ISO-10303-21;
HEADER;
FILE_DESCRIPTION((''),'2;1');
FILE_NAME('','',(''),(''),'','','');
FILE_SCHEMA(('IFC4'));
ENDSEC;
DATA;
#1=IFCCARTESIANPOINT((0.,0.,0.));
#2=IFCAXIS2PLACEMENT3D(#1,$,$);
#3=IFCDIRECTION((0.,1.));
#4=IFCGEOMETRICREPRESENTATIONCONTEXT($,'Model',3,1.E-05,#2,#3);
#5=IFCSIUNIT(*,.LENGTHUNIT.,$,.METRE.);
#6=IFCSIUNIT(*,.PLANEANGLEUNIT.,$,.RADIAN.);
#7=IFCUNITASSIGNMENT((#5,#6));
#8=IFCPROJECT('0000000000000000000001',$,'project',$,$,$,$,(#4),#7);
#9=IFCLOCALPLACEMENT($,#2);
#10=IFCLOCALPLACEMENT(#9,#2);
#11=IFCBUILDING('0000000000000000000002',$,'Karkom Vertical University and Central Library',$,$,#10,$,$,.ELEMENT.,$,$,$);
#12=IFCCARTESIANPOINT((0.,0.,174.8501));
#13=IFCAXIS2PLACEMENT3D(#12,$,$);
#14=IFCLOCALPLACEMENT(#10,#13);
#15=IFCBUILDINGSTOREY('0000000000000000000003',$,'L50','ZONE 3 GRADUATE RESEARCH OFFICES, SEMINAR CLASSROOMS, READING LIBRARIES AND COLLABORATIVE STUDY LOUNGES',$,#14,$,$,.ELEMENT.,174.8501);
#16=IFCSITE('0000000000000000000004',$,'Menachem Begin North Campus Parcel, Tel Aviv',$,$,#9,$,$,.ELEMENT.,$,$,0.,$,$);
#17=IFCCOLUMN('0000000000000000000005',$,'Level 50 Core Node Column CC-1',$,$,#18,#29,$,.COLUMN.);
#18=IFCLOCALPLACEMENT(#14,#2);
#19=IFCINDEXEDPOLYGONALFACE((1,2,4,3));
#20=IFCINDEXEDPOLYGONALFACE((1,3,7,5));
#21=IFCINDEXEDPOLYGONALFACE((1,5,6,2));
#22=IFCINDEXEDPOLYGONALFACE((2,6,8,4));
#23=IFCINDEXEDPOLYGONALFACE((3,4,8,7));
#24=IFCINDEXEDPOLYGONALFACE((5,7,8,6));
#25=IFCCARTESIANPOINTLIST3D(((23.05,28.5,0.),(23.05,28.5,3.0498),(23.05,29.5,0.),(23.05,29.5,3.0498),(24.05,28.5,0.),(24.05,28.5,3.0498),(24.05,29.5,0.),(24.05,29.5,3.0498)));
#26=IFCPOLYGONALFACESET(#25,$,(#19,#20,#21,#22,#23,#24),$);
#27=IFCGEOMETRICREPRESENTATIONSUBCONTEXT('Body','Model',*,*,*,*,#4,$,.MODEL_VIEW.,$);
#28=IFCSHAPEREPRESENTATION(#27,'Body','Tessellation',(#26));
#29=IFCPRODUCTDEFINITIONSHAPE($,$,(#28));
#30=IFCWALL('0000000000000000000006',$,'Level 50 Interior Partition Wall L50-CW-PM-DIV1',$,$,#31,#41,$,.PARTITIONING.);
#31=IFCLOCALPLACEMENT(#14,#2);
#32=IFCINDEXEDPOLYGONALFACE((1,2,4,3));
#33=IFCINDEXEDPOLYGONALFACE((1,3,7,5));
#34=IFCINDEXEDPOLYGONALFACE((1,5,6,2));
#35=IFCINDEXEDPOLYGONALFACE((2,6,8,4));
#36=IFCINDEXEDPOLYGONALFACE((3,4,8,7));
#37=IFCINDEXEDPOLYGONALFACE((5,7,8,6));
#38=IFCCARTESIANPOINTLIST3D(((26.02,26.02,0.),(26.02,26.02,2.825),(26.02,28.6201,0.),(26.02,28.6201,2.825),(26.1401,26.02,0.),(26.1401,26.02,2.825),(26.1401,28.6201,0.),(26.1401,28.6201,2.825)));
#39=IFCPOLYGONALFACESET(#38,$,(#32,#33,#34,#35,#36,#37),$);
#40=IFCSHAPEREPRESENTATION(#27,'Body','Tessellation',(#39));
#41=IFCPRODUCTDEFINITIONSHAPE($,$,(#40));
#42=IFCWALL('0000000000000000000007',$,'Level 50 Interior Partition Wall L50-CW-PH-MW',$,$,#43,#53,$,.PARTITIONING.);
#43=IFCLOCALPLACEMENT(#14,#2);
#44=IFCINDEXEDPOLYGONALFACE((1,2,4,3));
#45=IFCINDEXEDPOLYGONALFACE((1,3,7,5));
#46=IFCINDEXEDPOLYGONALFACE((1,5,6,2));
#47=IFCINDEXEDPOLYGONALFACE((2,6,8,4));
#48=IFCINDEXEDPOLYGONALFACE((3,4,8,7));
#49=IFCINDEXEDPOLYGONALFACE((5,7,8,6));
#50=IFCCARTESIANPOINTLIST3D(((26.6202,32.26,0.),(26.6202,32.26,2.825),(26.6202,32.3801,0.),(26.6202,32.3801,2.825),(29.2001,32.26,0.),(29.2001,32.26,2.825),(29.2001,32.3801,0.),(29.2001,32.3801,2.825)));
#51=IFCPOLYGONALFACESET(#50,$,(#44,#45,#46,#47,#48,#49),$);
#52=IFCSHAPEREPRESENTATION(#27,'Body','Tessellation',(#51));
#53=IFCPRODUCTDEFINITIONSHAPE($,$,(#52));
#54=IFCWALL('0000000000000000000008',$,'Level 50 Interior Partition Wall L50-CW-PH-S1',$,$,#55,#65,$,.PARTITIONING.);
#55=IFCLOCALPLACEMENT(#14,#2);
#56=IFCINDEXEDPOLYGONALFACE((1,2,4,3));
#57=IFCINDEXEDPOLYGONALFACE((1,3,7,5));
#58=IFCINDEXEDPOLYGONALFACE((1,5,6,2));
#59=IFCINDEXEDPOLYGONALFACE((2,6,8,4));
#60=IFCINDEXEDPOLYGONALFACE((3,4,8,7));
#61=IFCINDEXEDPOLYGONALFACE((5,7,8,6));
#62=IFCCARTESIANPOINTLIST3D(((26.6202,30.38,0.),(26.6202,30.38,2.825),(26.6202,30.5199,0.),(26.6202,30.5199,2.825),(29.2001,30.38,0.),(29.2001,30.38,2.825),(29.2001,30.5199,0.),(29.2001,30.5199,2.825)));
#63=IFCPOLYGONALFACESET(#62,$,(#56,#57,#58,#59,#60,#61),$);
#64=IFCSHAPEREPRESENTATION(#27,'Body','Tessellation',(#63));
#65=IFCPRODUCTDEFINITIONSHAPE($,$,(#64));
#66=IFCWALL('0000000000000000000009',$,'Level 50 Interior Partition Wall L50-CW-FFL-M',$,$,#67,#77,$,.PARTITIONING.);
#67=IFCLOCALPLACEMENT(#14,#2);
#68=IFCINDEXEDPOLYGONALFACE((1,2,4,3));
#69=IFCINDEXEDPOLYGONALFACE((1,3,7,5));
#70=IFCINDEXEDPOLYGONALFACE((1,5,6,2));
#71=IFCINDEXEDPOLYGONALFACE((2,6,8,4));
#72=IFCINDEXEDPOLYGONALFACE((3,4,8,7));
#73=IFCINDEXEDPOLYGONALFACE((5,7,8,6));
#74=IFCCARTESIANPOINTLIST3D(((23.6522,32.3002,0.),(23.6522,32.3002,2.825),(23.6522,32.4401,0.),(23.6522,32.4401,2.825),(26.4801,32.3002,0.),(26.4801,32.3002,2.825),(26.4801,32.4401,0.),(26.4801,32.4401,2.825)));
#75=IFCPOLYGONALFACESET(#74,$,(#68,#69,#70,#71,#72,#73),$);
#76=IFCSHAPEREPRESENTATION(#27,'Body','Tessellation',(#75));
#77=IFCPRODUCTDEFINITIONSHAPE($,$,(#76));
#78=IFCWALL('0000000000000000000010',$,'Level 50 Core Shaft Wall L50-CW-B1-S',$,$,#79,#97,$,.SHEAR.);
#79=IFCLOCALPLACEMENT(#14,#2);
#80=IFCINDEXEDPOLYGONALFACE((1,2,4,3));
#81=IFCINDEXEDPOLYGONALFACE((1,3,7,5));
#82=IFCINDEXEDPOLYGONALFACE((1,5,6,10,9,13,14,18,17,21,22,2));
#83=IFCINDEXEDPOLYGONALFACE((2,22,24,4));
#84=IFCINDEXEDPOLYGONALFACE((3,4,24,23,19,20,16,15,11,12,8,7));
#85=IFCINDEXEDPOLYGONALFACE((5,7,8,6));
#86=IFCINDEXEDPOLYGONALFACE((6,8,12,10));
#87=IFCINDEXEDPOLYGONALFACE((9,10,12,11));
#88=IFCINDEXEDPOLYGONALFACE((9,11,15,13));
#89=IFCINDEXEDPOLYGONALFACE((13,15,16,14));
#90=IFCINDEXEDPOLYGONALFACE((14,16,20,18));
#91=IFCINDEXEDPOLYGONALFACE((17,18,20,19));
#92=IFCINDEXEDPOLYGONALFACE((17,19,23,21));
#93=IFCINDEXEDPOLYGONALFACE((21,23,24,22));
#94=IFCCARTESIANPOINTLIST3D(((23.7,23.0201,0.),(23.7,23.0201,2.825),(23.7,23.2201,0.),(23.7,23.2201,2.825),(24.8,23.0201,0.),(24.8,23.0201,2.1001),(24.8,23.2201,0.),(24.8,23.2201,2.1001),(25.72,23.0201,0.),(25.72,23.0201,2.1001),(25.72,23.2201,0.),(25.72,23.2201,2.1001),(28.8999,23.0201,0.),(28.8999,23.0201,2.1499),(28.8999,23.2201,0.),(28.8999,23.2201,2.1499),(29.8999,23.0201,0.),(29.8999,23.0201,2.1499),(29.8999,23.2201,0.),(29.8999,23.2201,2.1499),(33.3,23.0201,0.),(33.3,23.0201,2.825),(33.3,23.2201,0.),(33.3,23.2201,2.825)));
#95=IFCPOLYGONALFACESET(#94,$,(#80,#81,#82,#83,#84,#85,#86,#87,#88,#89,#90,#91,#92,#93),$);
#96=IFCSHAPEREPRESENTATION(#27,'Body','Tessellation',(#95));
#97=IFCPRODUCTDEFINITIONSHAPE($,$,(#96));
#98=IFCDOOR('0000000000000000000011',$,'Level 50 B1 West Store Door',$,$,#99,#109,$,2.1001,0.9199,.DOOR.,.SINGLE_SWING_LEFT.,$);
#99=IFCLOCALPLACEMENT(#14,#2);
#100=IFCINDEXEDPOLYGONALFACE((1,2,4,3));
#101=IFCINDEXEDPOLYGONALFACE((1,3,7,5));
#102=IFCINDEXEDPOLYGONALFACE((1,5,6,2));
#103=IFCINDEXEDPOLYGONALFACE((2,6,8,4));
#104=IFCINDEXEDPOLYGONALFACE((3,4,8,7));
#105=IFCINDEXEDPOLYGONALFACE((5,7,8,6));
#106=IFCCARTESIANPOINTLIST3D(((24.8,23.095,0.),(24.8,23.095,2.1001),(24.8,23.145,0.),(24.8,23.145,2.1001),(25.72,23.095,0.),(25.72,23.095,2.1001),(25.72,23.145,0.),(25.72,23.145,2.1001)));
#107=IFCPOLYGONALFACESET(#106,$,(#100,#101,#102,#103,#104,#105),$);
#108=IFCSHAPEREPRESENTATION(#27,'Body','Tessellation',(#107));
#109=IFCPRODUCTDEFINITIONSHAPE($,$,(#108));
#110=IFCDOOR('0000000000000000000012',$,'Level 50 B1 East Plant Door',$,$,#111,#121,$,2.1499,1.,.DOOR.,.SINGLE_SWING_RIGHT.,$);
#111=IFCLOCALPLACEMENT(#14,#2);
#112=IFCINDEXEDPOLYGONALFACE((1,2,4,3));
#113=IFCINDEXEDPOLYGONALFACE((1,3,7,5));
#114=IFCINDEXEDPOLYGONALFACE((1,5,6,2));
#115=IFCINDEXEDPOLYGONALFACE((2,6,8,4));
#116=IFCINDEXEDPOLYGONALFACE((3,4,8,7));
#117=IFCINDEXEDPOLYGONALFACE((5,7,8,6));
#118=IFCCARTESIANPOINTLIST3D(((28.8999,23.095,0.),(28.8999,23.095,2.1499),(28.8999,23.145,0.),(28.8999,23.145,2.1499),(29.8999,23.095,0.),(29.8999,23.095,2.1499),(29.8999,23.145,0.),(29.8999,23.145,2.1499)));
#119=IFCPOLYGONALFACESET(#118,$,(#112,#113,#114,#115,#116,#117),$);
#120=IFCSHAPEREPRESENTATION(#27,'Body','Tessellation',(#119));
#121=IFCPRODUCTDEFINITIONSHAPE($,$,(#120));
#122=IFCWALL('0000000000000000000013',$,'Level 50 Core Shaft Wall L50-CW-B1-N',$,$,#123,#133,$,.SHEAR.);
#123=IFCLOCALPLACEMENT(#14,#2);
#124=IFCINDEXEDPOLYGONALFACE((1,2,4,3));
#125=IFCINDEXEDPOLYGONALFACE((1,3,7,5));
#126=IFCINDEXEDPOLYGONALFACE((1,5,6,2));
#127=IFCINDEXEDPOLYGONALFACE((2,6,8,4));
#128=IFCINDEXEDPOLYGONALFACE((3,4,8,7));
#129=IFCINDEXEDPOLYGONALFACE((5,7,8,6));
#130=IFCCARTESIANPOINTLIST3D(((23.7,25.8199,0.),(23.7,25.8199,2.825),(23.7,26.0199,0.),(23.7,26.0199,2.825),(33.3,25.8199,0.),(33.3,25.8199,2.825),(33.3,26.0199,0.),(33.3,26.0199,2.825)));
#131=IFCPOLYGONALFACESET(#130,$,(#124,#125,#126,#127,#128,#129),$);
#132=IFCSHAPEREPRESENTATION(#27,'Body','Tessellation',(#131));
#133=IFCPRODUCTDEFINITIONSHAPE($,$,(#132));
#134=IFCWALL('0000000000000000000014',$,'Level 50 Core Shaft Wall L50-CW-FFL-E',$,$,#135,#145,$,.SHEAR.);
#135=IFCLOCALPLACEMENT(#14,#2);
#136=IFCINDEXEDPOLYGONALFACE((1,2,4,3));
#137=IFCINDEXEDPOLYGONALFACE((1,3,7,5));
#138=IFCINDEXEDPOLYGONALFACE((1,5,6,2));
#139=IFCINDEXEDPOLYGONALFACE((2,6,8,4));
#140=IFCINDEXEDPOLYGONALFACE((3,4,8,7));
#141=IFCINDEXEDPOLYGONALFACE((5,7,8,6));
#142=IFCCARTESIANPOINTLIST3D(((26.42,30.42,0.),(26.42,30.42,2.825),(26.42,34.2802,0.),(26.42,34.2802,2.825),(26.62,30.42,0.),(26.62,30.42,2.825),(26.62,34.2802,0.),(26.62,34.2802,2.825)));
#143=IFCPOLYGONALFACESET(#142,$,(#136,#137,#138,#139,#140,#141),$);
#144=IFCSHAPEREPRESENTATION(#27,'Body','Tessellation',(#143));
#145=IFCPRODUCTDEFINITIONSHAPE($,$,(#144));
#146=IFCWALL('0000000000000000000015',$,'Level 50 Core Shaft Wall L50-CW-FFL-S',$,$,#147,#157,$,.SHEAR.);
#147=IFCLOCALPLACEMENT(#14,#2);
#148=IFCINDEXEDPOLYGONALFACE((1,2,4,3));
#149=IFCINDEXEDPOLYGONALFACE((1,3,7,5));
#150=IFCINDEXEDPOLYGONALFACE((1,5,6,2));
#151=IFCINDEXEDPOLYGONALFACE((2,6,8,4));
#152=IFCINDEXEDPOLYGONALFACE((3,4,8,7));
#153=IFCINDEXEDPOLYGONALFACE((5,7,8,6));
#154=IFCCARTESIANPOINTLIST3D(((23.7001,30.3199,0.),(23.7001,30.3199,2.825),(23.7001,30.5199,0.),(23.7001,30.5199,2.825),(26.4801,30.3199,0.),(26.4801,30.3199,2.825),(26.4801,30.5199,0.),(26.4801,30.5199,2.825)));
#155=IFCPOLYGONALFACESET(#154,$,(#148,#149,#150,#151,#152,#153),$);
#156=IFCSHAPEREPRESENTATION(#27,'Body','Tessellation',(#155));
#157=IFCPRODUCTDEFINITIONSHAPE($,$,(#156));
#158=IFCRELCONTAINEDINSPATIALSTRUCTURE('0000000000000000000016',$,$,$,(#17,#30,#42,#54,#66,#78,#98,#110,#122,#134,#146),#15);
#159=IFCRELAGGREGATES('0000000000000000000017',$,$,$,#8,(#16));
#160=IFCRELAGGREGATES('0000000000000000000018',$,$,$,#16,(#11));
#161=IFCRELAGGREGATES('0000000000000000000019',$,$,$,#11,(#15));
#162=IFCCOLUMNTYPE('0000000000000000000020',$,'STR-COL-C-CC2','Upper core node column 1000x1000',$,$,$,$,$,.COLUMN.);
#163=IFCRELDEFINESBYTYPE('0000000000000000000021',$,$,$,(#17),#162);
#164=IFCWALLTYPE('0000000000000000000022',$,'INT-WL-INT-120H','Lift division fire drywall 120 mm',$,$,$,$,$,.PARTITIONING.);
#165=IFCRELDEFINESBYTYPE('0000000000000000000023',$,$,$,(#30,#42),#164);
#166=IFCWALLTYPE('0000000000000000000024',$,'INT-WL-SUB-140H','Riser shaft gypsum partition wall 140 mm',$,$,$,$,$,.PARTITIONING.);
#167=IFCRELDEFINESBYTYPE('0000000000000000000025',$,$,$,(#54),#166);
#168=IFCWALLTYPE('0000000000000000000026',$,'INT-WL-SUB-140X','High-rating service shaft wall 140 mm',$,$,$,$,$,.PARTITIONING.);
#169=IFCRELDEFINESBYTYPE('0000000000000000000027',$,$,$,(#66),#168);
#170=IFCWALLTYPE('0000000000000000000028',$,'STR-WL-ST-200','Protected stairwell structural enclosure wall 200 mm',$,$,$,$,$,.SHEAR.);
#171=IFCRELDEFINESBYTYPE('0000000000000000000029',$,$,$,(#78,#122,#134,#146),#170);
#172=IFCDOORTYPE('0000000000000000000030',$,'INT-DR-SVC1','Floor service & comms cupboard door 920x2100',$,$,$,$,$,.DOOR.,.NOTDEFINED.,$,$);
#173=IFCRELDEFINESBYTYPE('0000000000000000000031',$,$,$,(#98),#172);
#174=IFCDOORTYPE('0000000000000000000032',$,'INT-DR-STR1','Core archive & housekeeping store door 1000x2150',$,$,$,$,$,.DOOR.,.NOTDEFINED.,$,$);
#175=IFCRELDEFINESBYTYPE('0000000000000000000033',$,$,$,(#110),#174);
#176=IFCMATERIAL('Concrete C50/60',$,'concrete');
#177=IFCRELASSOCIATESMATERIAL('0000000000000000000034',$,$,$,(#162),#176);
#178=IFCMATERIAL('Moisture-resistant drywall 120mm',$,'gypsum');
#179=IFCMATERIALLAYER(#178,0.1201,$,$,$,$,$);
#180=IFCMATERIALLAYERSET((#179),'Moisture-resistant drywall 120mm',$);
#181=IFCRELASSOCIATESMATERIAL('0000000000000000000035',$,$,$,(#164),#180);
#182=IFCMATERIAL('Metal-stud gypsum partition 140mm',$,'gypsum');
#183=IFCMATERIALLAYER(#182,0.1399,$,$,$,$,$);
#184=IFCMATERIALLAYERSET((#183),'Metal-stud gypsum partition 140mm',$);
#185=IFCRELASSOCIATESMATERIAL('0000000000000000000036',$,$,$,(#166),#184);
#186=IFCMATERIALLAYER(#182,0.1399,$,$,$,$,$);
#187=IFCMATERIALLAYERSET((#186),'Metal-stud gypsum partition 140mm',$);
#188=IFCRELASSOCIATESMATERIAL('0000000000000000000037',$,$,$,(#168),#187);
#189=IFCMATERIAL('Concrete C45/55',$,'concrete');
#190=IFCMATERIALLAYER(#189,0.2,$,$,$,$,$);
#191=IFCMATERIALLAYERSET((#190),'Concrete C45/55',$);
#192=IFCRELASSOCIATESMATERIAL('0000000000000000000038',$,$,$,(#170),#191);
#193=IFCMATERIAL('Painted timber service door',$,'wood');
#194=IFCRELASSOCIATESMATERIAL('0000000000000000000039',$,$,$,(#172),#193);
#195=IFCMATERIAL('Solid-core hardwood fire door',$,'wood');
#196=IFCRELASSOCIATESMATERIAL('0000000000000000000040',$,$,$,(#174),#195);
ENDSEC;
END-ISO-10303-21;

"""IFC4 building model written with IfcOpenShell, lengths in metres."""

from ifc_helpers import new_model, si_unit, direction, frame, frame_2d, origin, origin_with_axes, origin_2d, place, context, subcontext, project, spatial, rectangle, extrude, source, transform, mapped, material, layer, layer_set, material_profile, profile_set, type_object, element, fill, save


model = new_model("IFC4")

# Units and contexts
model_context = context("Model", 3, precision=1e-05, world=origin(), true_north=direction((0.0, 1.0)))
body_context = subcontext(model_context, "Body", "Model", "MODEL_VIEW")
ifc_project = project(units=[si_unit("LENGTHUNIT", "METRE"), si_unit("PLANEANGLEUNIT", "RADIAN")], contexts=[model_context])

# Site, building, storey
site_placement = place(None, origin())
site = spatial("IfcSite", under=ifc_project, at=site_placement, Name="Menachem Begin North Campus Parcel, Tel Aviv", CompositionType="ELEMENT", RefElevation=0.0)
building_placement = place(site_placement, origin())
building = spatial("IfcBuilding", under=site, at=building_placement, Name="Karkom Vertical University and Central Library", CompositionType="ELEMENT")
storey_placement = place(building_placement, frame((0.0, 0.0, 174.8501)))
storey = spatial("IfcBuildingStorey", under=building, at=storey_placement, Name="L50", Description="ZONE 3 GRADUATE RESEARCH OFFICES, SEMINAR CLASSROOMS, READING LIBRARIES AND COLLABORATIVE STUDY LOUNGES", CompositionType="ELEMENT", Elevation=174.8501)

# Column
ifc_material_1 = material(Name="Concrete C50/60", Category="concrete")
ifc_material_profile = material_profile(ifc_material_1, rectangle(XDim=1.0, YDim=1.0, at=origin_2d()), Name="RC-1000x1000")
ifc_profile_set = profile_set([ifc_material_profile], Name="Concrete C50/60")
column_type = type_object("IfcColumnType", Name="STR-COL-C-CC2", Description="Upper core node column 1000x1000", PredefinedType="COLUMN", material=ifc_profile_set)
shared_shape_1 = source(origin_with_axes(), body_context, "Body", "SweptSolid", [
    extrude(rectangle(XDim=1.0, YDim=1.0, at=origin_2d()), origin(), (0.0, 0.0, 1.0), 3.0498),
])
column_placement = place(storey_placement, frame((23.55, 29.0, 0.0), z_axis=(0.0, 0.0, 1.0), x_axis=(1.0, 0.0, 0.0)))
element("IfcColumn", 1, at=column_placement, inside=storey, type_object=column_type, Name="Level 50 Core Node Column CC-1", PredefinedType="COLUMN", context=body_context, shape_type="MappedRepresentation", body=[
    mapped(shared_shape_1, transform((0.0, 0.0, 0.0), scale=1.0)),
])

# Walls
ifc_material_2 = material(Name="Moisture-resistant drywall 120mm", Category="gypsum")
ifc_layer_1 = layer(ifc_material_2, 0.1201)
ifc_layer_set_1 = layer_set([ifc_layer_1], Name="Moisture-resistant drywall 120mm")
wall_type_1 = type_object("IfcWallType", Name="INT-WL-INT-120H", Description="Lift division fire drywall 120 mm", PredefinedType="PARTITIONING", material=ifc_layer_set_1)
wall_1_placement = place(storey_placement, frame((26.0801, 26.02, 0.0), z_axis=(0.0, 0.0, 1.0), x_axis=(0.0, 1.0, 0.0)))
element("IfcWall", 2, at=wall_1_placement, inside=storey, type_object=wall_type_1, Name="Level 50 Interior Partition Wall L50-CW-PM-DIV1", PredefinedType="PARTITIONING", context=body_context, shape_type="SweptSolid", body=[
    extrude(rectangle(XDim=2.6001, YDim=0.1201, at=frame_2d((1.3, 0.0))), origin(), (0.0, 0.0, 1.0), 2.825),
])
wall_2_placement = place(storey_placement, frame((26.6201, 32.3201, 0.0), z_axis=(0.0, 0.0, 1.0), x_axis=(1.0, 0.0, 0.0)))
element("IfcWall", 3, at=wall_2_placement, inside=storey, type_object=wall_type_1, Name="Level 50 Interior Partition Wall L50-CW-PH-MW", PredefinedType="PARTITIONING", context=body_context, shape_type="SweptSolid", body=[
    extrude(rectangle(XDim=2.5798, YDim=0.1201, at=frame_2d((1.29, 0.0))), origin(), (0.0, 0.0, 1.0), 2.825),
])
ifc_material_3 = material(Name="Metal-stud gypsum partition 140mm", Category="gypsum")
ifc_layer_2 = layer(ifc_material_3, 0.1399)
ifc_layer_set_2 = layer_set([ifc_layer_2], Name="Metal-stud gypsum partition 140mm")
wall_type_2 = type_object("IfcWallType", Name="INT-WL-SUB-140H", Description="Riser shaft gypsum partition wall 140 mm", PredefinedType="PARTITIONING", material=ifc_layer_set_2)
wall_3_placement = place(storey_placement, frame((26.6201, 30.45, 0.0), z_axis=(0.0, 0.0, 1.0), x_axis=(1.0, 0.0, 0.0)))
element("IfcWall", 4, at=wall_3_placement, inside=storey, type_object=wall_type_2, Name="Level 50 Interior Partition Wall L50-CW-PH-S1", PredefinedType="PARTITIONING", context=body_context, shape_type="SweptSolid", body=[
    extrude(rectangle(XDim=2.5798, YDim=0.1399, at=frame_2d((1.29, 0.0))), origin(), (0.0, 0.0, 1.0), 2.825),
])
ifc_layer_3 = layer(ifc_material_3, 0.1399)
ifc_layer_set_3 = layer_set([ifc_layer_3], Name="Metal-stud gypsum partition 140mm")
wall_type_3 = type_object("IfcWallType", Name="INT-WL-SUB-140X", Description="High-rating service shaft wall 140 mm", PredefinedType="PARTITIONING", material=ifc_layer_set_3)
wall_4_placement = place(storey_placement, frame((23.6521, 32.3701, 0.0), z_axis=(0.0, 0.0, 1.0), x_axis=(1.0, 0.0, 0.0)))
element("IfcWall", 5, at=wall_4_placement, inside=storey, type_object=wall_type_3, Name="Level 50 Interior Partition Wall L50-CW-FFL-M", PredefinedType="PARTITIONING", context=body_context, shape_type="SweptSolid", body=[
    extrude(rectangle(XDim=2.8279, YDim=0.1399, at=frame_2d((1.4141, 0.0))), origin(), (0.0, 0.0, 1.0), 2.825),
])

# Wall, openings, doors
ifc_material_4 = material(Name="Concrete C45/55", Category="concrete")
ifc_layer_4 = layer(ifc_material_4, 0.2)
ifc_layer_set_4 = layer_set([ifc_layer_4], Name="Concrete C45/55")
wall_type_4 = type_object("IfcWallType", Name="STR-WL-ST-200", Description="Protected stairwell structural enclosure wall 200 mm", PredefinedType="SHEAR", material=ifc_layer_set_4)
wall_5_placement = place(storey_placement, frame((23.7, 23.1201, 0.0), z_axis=(0.0, 0.0, 1.0), x_axis=(1.0, 0.0, 0.0)))
wall_5 = element("IfcWall", 6, at=wall_5_placement, inside=storey, type_object=wall_type_4, Name="Level 50 Core Shaft Wall L50-CW-B1-S", PredefinedType="SHEAR", context=body_context, shape_type="SweptSolid", body=[
    extrude(rectangle(XDim=9.6001, YDim=0.2, at=frame_2d((4.8, 0.0))), origin(), (0.0, 0.0, 1.0), 2.825),
])
opening_1_placement = place(wall_5_placement, frame((1.1001, 0.0, 0.0)))
opening_1 = element("IfcOpeningElement", 7, at=opening_1_placement, cuts=wall_5, PredefinedType="OPENING", context=body_context, shape_type="SweptSolid", body=[
    extrude(rectangle(XDim=0.9199, YDim=2.1001, at=frame_2d((0.46, 1.05))), frame((0.0, 0.1099, 0.0), z_axis=(0.0, -1.0, 0.0), x_axis=(1.0, 0.0, 0.0)), (0.0, 0.0, 1.0), 0.22),
])
opening_2_placement = place(wall_5_placement, frame((5.2, 0.0, 0.0)))
opening_2 = element("IfcOpeningElement", 8, at=opening_2_placement, cuts=wall_5, PredefinedType="OPENING", context=body_context, shape_type="SweptSolid", body=[
    extrude(rectangle(XDim=1.0, YDim=2.1499, at=frame_2d((0.5, 1.075))), frame((0.0, 0.1099, 0.0), z_axis=(0.0, -1.0, 0.0), x_axis=(1.0, 0.0, 0.0)), (0.0, 0.0, 1.0), 0.22),
])
ifc_material_5 = material(Name="Painted timber service door", Category="wood")
door_type_1 = type_object("IfcDoorType", Name="INT-DR-SVC1", Description="Floor service & comms cupboard door 920x2100", OperationType="NOTDEFINED", PredefinedType="DOOR", material=ifc_material_5)
shared_shape_2 = source(origin_with_axes(), body_context, "Body", "SweptSolid", [
    extrude(rectangle(XDim=0.9199, YDim=2.1001, at=frame_2d((0.46, 1.05))), frame((0.0, 0.0249, 0.0), z_axis=(0.0, -1.0, 0.0), x_axis=(1.0, 0.0, 0.0)), (0.0, 0.0, 1.0), 0.05),
])
door_1_placement = place(opening_1_placement, origin())
door_1 = element("IfcDoor", 9, at=door_1_placement, inside=storey, type_object=door_type_1, Name="Level 50 B1 West Store Door", OperationType="SINGLE_SWING_LEFT", OverallHeight=2.1001, OverallWidth=0.9199, PredefinedType="DOOR", context=body_context, shape_type="MappedRepresentation", body=[
    mapped(shared_shape_2, transform((0.0, 0.0, 0.0), scale=1.0)),
])
fill(opening_1, door_1)
ifc_material_6 = material(Name="Solid-core hardwood fire door", Category="wood")
door_type_2 = type_object("IfcDoorType", Name="INT-DR-STR1", Description="Core archive & housekeeping store door 1000x2150", OperationType="NOTDEFINED", PredefinedType="DOOR", material=ifc_material_6)
shared_shape_3 = source(origin_with_axes(), body_context, "Body", "SweptSolid", [
    extrude(rectangle(XDim=1.0, YDim=2.1499, at=frame_2d((0.5, 1.075))), frame((0.0, 0.0249, 0.0), z_axis=(0.0, -1.0, 0.0), x_axis=(1.0, 0.0, 0.0)), (0.0, 0.0, 1.0), 0.05),
])
door_2_placement = place(opening_2_placement, origin())
door_2 = element("IfcDoor", 10, at=door_2_placement, inside=storey, type_object=door_type_2, Name="Level 50 B1 East Plant Door", OperationType="SINGLE_SWING_RIGHT", OverallHeight=2.1499, OverallWidth=1.0, PredefinedType="DOOR", context=body_context, shape_type="MappedRepresentation", body=[
    mapped(shared_shape_3, transform((0.0, 0.0, 0.0), scale=1.0)),
])
fill(opening_2, door_2)

# Wall
wall_6_placement = place(storey_placement, frame((23.7, 25.9199, 0.0), z_axis=(0.0, 0.0, 1.0), x_axis=(1.0, 0.0, 0.0)))
element("IfcWall", 11, at=wall_6_placement, inside=storey, type_object=wall_type_4, Name="Level 50 Core Shaft Wall L50-CW-B1-N", PredefinedType="SHEAR", context=body_context, shape_type="SweptSolid", body=[
    extrude(rectangle(XDim=9.6001, YDim=0.2, at=frame_2d((4.8, 0.0))), origin(), (0.0, 0.0, 1.0), 2.825),
])

# Walls
wall_7_placement = place(storey_placement, frame((26.52, 30.4199, 0.0), z_axis=(0.0, 0.0, 1.0), x_axis=(0.0, 1.0, 0.0)))
element("IfcWall", 12, at=wall_7_placement, inside=storey, type_object=wall_type_4, Name="Level 50 Core Shaft Wall L50-CW-FFL-E", PredefinedType="SHEAR", context=body_context, shape_type="SweptSolid", body=[
    extrude(rectangle(XDim=3.8601, YDim=0.2, at=frame_2d((1.9302, 0.0))), origin(), (0.0, 0.0, 1.0), 2.825),
])
wall_8_placement = place(storey_placement, frame((23.7, 30.4199, 0.0), z_axis=(0.0, 0.0, 1.0), x_axis=(1.0, 0.0, 0.0)))
element("IfcWall", 13, at=wall_8_placement, inside=storey, type_object=wall_type_4, Name="Level 50 Core Shaft Wall L50-CW-FFL-S", PredefinedType="SHEAR", context=body_context, shape_type="SweptSolid", body=[
    extrude(rectangle(XDim=2.78, YDim=0.2, at=frame_2d((1.3901, 0.0))), origin(), (0.0, 0.0, 1.0), 2.825),
])

save(model, "model.ifc")
